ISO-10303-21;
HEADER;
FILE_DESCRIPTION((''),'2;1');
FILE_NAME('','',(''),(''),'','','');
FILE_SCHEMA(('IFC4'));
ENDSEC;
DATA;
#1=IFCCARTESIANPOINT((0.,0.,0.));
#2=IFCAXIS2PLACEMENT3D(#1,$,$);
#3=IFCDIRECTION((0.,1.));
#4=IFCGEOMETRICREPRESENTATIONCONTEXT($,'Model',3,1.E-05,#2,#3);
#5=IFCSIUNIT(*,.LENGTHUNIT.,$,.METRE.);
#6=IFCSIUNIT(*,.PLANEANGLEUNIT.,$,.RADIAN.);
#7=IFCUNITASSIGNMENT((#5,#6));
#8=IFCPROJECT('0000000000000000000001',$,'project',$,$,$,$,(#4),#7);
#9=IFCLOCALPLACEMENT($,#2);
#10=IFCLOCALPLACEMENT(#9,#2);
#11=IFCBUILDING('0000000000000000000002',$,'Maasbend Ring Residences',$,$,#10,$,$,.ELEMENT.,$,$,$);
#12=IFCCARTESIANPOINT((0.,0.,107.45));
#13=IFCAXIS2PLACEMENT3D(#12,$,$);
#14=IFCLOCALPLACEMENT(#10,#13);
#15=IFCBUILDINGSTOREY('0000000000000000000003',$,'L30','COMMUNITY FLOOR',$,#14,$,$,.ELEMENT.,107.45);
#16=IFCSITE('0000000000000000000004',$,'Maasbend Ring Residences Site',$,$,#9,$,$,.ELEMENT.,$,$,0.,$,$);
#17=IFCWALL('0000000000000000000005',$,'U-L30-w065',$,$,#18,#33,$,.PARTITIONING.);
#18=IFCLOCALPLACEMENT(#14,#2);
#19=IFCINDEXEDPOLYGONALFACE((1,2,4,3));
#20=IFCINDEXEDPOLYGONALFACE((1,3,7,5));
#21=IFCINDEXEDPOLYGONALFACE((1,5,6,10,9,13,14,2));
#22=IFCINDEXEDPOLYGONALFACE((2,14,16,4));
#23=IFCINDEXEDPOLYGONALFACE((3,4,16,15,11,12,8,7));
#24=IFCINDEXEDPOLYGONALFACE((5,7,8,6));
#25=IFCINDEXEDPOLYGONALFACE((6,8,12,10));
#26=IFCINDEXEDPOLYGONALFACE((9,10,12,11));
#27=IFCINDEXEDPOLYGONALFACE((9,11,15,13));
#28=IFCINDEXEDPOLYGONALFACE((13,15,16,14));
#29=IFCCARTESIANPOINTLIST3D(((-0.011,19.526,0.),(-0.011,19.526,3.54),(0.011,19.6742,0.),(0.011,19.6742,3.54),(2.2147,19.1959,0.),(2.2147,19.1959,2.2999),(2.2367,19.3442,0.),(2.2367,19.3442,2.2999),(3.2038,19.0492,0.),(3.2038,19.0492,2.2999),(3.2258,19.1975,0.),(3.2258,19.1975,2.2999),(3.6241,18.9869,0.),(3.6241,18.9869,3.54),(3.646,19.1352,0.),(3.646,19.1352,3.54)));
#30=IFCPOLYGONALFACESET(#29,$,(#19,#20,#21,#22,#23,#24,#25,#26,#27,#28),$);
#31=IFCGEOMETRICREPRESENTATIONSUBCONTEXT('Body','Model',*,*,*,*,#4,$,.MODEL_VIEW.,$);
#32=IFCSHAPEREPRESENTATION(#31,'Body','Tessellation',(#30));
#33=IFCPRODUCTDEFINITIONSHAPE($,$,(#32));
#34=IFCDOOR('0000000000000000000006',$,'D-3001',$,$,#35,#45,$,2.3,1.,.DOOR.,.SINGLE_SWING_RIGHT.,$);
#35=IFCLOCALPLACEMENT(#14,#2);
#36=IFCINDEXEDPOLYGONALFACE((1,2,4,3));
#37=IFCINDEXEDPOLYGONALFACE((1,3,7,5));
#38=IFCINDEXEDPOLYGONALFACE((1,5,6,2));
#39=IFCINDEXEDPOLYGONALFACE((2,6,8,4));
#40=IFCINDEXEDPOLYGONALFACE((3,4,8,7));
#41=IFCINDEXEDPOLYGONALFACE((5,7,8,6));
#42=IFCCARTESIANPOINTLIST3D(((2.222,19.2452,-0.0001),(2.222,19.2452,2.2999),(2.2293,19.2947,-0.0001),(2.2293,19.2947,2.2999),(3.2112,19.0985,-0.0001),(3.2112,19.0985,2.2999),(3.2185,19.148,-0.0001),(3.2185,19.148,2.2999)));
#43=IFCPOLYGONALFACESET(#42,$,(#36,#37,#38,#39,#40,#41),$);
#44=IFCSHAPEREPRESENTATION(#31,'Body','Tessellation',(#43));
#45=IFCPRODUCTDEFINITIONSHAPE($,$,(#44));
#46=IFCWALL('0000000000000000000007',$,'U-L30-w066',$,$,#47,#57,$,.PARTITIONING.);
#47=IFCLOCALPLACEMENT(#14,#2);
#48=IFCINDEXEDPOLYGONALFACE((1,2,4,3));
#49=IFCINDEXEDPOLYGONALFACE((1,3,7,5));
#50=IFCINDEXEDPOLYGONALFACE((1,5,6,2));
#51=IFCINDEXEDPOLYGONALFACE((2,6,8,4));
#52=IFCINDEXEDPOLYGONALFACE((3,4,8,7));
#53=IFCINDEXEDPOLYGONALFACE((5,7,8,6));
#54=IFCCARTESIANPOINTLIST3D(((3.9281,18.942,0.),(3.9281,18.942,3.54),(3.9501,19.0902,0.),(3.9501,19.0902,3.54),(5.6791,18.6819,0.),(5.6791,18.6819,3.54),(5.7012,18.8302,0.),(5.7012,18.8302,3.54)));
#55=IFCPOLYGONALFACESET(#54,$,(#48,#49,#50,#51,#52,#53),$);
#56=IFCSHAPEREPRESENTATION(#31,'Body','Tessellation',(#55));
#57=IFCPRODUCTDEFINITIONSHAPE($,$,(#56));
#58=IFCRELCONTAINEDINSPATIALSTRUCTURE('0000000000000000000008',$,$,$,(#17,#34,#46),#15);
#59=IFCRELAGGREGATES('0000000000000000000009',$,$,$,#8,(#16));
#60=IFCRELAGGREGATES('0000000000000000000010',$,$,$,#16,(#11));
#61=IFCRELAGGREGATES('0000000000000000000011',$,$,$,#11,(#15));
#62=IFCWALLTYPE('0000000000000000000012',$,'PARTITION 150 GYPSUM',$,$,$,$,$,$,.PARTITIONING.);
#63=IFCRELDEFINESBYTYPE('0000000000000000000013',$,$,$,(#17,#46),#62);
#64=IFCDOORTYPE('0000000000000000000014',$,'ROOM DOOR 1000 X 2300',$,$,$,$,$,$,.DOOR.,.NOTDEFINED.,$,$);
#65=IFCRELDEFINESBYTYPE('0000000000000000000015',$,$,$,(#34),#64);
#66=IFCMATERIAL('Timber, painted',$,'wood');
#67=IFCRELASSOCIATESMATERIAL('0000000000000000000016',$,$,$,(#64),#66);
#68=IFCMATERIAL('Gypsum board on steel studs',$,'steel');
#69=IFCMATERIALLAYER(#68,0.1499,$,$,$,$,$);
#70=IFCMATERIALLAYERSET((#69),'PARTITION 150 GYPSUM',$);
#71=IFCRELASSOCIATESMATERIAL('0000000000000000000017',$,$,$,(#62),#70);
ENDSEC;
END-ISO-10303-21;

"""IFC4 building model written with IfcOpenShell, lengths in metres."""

from ifc_helpers import new_model, si_unit, direction, frame, frame_2d, origin, place, context, subcontext, project, spatial, rectangle, extrude, material, layer, layer_set, type_object, element, fill, save


model = new_model("IFC4")

# Units and contexts
model_context = context("Model", 3, precision=1e-05, world=origin(), true_north=direction((0.0, 1.0)))
body_context = subcontext(model_context, "Body", "Model", "MODEL_VIEW")
ifc_project = project(units=[si_unit("LENGTHUNIT", "METRE"), si_unit("PLANEANGLEUNIT", "RADIAN")], contexts=[model_context])

# Site, building, storey
site_placement = place(None, origin())
site = spatial("IfcSite", under=ifc_project, at=site_placement, Name="Maasbend Ring Residences Site", CompositionType="ELEMENT", RefElevation=0.0)
building_placement = place(site_placement, origin())
building = spatial("IfcBuilding", under=site, at=building_placement, Name="Maasbend Ring Residences", CompositionType="ELEMENT")
storey_placement = place(building_placement, frame((0.0, 0.0, 107.45)))
storey = spatial("IfcBuildingStorey", under=building, at=storey_placement, Name="L30", Description="COMMUNITY FLOOR", CompositionType="ELEMENT", Elevation=107.45)

# Shared definitions
ifc_material_1 = material(Name="Timber, painted", Category="wood")
door_type_1 = type_object("IfcDoorType", Name="ROOM DOOR 1000 X 2300", OperationType="NOTDEFINED", PredefinedType="DOOR", material=ifc_material_1)

# Wall, opening, door
ifc_material_2 = material(Name="Gypsum board on steel studs", Category="steel")
ifc_layer_1 = layer(ifc_material_2, 0.1499)
ifc_layer_set_1 = layer_set([ifc_layer_1], Name="PARTITION 150 GYPSUM")
wall_type_1 = type_object("IfcWallType", Name="PARTITION 150 GYPSUM", PredefinedType="PARTITIONING", material=ifc_layer_set_1)
wall_1_placement = place(storey_placement, frame((0.0, 19.6001, 0.0), z_axis=(0.0, 0.0, 1.0), x_axis=(0.989182, -0.146693, 0.0)))
wall_1 = element("IfcWall", 1, at=wall_1_placement, inside=storey, type_object=wall_type_1, Name="U-L30-w065", PredefinedType="PARTITIONING", context=body_context, shape_type="SweptSolid", body=[
    extrude(rectangle(XDim=3.6748, YDim=0.1499, at=frame_2d((1.8374, 0.0))), origin(), (0.0, 0.0, 1.0), 3.54),
])
opening_1_placement = place(wall_1_placement, frame((2.25, 0.0, 0.0)))
opening_1 = element("IfcOpeningElement", 2, at=opening_1_placement, cuts=wall_1, PredefinedType="OPENING", context=body_context, shape_type="SweptSolid", body=[
    extrude(rectangle(XDim=1.0, YDim=2.3, at=frame_2d((0.5, 1.1499))), frame((0.0, 0.085, 0.0), z_axis=(0.0, -1.0, 0.0), x_axis=(1.0, 0.0, 0.0)), (0.0, 0.0, 1.0), 0.1699),
])
door_1_placement = place(opening_1_placement, origin())
door_1 = element("IfcDoor", 3, at=door_1_placement, inside=storey, type_object=door_type_1, Name="D-3001", OperationType="SINGLE_SWING_RIGHT", OverallHeight=2.3, OverallWidth=1.0, PredefinedType="DOOR", context=body_context, shape_type="SweptSolid", body=[
    extrude(rectangle(XDim=1.0, YDim=2.3, at=frame_2d((0.5, 1.1499))), frame((0.0, 0.0249, 0.0), z_axis=(0.0, -1.0, 0.0), x_axis=(1.0, 0.0, 0.0)), (0.0, 0.0, 1.0), 0.05),
])
fill(opening_1, door_1)

# Wall
wall_2_placement = place(storey_placement, frame((3.939, 19.0161, 0.0), z_axis=(0.0, 0.0, 1.0), x_axis=(0.989154, -0.146884, 0.0)))
element("IfcWall", 4, at=wall_2_placement, inside=storey, type_object=wall_type_1, Name="U-L30-w066", PredefinedType="PARTITIONING", context=body_context, shape_type="SweptSolid", body=[
    extrude(rectangle(XDim=1.7703, YDim=0.1499, at=frame_2d((0.8853, 0.0))), origin(), (0.0, 0.0, 1.0), 3.54),
])

save(model, "model.ifc")
